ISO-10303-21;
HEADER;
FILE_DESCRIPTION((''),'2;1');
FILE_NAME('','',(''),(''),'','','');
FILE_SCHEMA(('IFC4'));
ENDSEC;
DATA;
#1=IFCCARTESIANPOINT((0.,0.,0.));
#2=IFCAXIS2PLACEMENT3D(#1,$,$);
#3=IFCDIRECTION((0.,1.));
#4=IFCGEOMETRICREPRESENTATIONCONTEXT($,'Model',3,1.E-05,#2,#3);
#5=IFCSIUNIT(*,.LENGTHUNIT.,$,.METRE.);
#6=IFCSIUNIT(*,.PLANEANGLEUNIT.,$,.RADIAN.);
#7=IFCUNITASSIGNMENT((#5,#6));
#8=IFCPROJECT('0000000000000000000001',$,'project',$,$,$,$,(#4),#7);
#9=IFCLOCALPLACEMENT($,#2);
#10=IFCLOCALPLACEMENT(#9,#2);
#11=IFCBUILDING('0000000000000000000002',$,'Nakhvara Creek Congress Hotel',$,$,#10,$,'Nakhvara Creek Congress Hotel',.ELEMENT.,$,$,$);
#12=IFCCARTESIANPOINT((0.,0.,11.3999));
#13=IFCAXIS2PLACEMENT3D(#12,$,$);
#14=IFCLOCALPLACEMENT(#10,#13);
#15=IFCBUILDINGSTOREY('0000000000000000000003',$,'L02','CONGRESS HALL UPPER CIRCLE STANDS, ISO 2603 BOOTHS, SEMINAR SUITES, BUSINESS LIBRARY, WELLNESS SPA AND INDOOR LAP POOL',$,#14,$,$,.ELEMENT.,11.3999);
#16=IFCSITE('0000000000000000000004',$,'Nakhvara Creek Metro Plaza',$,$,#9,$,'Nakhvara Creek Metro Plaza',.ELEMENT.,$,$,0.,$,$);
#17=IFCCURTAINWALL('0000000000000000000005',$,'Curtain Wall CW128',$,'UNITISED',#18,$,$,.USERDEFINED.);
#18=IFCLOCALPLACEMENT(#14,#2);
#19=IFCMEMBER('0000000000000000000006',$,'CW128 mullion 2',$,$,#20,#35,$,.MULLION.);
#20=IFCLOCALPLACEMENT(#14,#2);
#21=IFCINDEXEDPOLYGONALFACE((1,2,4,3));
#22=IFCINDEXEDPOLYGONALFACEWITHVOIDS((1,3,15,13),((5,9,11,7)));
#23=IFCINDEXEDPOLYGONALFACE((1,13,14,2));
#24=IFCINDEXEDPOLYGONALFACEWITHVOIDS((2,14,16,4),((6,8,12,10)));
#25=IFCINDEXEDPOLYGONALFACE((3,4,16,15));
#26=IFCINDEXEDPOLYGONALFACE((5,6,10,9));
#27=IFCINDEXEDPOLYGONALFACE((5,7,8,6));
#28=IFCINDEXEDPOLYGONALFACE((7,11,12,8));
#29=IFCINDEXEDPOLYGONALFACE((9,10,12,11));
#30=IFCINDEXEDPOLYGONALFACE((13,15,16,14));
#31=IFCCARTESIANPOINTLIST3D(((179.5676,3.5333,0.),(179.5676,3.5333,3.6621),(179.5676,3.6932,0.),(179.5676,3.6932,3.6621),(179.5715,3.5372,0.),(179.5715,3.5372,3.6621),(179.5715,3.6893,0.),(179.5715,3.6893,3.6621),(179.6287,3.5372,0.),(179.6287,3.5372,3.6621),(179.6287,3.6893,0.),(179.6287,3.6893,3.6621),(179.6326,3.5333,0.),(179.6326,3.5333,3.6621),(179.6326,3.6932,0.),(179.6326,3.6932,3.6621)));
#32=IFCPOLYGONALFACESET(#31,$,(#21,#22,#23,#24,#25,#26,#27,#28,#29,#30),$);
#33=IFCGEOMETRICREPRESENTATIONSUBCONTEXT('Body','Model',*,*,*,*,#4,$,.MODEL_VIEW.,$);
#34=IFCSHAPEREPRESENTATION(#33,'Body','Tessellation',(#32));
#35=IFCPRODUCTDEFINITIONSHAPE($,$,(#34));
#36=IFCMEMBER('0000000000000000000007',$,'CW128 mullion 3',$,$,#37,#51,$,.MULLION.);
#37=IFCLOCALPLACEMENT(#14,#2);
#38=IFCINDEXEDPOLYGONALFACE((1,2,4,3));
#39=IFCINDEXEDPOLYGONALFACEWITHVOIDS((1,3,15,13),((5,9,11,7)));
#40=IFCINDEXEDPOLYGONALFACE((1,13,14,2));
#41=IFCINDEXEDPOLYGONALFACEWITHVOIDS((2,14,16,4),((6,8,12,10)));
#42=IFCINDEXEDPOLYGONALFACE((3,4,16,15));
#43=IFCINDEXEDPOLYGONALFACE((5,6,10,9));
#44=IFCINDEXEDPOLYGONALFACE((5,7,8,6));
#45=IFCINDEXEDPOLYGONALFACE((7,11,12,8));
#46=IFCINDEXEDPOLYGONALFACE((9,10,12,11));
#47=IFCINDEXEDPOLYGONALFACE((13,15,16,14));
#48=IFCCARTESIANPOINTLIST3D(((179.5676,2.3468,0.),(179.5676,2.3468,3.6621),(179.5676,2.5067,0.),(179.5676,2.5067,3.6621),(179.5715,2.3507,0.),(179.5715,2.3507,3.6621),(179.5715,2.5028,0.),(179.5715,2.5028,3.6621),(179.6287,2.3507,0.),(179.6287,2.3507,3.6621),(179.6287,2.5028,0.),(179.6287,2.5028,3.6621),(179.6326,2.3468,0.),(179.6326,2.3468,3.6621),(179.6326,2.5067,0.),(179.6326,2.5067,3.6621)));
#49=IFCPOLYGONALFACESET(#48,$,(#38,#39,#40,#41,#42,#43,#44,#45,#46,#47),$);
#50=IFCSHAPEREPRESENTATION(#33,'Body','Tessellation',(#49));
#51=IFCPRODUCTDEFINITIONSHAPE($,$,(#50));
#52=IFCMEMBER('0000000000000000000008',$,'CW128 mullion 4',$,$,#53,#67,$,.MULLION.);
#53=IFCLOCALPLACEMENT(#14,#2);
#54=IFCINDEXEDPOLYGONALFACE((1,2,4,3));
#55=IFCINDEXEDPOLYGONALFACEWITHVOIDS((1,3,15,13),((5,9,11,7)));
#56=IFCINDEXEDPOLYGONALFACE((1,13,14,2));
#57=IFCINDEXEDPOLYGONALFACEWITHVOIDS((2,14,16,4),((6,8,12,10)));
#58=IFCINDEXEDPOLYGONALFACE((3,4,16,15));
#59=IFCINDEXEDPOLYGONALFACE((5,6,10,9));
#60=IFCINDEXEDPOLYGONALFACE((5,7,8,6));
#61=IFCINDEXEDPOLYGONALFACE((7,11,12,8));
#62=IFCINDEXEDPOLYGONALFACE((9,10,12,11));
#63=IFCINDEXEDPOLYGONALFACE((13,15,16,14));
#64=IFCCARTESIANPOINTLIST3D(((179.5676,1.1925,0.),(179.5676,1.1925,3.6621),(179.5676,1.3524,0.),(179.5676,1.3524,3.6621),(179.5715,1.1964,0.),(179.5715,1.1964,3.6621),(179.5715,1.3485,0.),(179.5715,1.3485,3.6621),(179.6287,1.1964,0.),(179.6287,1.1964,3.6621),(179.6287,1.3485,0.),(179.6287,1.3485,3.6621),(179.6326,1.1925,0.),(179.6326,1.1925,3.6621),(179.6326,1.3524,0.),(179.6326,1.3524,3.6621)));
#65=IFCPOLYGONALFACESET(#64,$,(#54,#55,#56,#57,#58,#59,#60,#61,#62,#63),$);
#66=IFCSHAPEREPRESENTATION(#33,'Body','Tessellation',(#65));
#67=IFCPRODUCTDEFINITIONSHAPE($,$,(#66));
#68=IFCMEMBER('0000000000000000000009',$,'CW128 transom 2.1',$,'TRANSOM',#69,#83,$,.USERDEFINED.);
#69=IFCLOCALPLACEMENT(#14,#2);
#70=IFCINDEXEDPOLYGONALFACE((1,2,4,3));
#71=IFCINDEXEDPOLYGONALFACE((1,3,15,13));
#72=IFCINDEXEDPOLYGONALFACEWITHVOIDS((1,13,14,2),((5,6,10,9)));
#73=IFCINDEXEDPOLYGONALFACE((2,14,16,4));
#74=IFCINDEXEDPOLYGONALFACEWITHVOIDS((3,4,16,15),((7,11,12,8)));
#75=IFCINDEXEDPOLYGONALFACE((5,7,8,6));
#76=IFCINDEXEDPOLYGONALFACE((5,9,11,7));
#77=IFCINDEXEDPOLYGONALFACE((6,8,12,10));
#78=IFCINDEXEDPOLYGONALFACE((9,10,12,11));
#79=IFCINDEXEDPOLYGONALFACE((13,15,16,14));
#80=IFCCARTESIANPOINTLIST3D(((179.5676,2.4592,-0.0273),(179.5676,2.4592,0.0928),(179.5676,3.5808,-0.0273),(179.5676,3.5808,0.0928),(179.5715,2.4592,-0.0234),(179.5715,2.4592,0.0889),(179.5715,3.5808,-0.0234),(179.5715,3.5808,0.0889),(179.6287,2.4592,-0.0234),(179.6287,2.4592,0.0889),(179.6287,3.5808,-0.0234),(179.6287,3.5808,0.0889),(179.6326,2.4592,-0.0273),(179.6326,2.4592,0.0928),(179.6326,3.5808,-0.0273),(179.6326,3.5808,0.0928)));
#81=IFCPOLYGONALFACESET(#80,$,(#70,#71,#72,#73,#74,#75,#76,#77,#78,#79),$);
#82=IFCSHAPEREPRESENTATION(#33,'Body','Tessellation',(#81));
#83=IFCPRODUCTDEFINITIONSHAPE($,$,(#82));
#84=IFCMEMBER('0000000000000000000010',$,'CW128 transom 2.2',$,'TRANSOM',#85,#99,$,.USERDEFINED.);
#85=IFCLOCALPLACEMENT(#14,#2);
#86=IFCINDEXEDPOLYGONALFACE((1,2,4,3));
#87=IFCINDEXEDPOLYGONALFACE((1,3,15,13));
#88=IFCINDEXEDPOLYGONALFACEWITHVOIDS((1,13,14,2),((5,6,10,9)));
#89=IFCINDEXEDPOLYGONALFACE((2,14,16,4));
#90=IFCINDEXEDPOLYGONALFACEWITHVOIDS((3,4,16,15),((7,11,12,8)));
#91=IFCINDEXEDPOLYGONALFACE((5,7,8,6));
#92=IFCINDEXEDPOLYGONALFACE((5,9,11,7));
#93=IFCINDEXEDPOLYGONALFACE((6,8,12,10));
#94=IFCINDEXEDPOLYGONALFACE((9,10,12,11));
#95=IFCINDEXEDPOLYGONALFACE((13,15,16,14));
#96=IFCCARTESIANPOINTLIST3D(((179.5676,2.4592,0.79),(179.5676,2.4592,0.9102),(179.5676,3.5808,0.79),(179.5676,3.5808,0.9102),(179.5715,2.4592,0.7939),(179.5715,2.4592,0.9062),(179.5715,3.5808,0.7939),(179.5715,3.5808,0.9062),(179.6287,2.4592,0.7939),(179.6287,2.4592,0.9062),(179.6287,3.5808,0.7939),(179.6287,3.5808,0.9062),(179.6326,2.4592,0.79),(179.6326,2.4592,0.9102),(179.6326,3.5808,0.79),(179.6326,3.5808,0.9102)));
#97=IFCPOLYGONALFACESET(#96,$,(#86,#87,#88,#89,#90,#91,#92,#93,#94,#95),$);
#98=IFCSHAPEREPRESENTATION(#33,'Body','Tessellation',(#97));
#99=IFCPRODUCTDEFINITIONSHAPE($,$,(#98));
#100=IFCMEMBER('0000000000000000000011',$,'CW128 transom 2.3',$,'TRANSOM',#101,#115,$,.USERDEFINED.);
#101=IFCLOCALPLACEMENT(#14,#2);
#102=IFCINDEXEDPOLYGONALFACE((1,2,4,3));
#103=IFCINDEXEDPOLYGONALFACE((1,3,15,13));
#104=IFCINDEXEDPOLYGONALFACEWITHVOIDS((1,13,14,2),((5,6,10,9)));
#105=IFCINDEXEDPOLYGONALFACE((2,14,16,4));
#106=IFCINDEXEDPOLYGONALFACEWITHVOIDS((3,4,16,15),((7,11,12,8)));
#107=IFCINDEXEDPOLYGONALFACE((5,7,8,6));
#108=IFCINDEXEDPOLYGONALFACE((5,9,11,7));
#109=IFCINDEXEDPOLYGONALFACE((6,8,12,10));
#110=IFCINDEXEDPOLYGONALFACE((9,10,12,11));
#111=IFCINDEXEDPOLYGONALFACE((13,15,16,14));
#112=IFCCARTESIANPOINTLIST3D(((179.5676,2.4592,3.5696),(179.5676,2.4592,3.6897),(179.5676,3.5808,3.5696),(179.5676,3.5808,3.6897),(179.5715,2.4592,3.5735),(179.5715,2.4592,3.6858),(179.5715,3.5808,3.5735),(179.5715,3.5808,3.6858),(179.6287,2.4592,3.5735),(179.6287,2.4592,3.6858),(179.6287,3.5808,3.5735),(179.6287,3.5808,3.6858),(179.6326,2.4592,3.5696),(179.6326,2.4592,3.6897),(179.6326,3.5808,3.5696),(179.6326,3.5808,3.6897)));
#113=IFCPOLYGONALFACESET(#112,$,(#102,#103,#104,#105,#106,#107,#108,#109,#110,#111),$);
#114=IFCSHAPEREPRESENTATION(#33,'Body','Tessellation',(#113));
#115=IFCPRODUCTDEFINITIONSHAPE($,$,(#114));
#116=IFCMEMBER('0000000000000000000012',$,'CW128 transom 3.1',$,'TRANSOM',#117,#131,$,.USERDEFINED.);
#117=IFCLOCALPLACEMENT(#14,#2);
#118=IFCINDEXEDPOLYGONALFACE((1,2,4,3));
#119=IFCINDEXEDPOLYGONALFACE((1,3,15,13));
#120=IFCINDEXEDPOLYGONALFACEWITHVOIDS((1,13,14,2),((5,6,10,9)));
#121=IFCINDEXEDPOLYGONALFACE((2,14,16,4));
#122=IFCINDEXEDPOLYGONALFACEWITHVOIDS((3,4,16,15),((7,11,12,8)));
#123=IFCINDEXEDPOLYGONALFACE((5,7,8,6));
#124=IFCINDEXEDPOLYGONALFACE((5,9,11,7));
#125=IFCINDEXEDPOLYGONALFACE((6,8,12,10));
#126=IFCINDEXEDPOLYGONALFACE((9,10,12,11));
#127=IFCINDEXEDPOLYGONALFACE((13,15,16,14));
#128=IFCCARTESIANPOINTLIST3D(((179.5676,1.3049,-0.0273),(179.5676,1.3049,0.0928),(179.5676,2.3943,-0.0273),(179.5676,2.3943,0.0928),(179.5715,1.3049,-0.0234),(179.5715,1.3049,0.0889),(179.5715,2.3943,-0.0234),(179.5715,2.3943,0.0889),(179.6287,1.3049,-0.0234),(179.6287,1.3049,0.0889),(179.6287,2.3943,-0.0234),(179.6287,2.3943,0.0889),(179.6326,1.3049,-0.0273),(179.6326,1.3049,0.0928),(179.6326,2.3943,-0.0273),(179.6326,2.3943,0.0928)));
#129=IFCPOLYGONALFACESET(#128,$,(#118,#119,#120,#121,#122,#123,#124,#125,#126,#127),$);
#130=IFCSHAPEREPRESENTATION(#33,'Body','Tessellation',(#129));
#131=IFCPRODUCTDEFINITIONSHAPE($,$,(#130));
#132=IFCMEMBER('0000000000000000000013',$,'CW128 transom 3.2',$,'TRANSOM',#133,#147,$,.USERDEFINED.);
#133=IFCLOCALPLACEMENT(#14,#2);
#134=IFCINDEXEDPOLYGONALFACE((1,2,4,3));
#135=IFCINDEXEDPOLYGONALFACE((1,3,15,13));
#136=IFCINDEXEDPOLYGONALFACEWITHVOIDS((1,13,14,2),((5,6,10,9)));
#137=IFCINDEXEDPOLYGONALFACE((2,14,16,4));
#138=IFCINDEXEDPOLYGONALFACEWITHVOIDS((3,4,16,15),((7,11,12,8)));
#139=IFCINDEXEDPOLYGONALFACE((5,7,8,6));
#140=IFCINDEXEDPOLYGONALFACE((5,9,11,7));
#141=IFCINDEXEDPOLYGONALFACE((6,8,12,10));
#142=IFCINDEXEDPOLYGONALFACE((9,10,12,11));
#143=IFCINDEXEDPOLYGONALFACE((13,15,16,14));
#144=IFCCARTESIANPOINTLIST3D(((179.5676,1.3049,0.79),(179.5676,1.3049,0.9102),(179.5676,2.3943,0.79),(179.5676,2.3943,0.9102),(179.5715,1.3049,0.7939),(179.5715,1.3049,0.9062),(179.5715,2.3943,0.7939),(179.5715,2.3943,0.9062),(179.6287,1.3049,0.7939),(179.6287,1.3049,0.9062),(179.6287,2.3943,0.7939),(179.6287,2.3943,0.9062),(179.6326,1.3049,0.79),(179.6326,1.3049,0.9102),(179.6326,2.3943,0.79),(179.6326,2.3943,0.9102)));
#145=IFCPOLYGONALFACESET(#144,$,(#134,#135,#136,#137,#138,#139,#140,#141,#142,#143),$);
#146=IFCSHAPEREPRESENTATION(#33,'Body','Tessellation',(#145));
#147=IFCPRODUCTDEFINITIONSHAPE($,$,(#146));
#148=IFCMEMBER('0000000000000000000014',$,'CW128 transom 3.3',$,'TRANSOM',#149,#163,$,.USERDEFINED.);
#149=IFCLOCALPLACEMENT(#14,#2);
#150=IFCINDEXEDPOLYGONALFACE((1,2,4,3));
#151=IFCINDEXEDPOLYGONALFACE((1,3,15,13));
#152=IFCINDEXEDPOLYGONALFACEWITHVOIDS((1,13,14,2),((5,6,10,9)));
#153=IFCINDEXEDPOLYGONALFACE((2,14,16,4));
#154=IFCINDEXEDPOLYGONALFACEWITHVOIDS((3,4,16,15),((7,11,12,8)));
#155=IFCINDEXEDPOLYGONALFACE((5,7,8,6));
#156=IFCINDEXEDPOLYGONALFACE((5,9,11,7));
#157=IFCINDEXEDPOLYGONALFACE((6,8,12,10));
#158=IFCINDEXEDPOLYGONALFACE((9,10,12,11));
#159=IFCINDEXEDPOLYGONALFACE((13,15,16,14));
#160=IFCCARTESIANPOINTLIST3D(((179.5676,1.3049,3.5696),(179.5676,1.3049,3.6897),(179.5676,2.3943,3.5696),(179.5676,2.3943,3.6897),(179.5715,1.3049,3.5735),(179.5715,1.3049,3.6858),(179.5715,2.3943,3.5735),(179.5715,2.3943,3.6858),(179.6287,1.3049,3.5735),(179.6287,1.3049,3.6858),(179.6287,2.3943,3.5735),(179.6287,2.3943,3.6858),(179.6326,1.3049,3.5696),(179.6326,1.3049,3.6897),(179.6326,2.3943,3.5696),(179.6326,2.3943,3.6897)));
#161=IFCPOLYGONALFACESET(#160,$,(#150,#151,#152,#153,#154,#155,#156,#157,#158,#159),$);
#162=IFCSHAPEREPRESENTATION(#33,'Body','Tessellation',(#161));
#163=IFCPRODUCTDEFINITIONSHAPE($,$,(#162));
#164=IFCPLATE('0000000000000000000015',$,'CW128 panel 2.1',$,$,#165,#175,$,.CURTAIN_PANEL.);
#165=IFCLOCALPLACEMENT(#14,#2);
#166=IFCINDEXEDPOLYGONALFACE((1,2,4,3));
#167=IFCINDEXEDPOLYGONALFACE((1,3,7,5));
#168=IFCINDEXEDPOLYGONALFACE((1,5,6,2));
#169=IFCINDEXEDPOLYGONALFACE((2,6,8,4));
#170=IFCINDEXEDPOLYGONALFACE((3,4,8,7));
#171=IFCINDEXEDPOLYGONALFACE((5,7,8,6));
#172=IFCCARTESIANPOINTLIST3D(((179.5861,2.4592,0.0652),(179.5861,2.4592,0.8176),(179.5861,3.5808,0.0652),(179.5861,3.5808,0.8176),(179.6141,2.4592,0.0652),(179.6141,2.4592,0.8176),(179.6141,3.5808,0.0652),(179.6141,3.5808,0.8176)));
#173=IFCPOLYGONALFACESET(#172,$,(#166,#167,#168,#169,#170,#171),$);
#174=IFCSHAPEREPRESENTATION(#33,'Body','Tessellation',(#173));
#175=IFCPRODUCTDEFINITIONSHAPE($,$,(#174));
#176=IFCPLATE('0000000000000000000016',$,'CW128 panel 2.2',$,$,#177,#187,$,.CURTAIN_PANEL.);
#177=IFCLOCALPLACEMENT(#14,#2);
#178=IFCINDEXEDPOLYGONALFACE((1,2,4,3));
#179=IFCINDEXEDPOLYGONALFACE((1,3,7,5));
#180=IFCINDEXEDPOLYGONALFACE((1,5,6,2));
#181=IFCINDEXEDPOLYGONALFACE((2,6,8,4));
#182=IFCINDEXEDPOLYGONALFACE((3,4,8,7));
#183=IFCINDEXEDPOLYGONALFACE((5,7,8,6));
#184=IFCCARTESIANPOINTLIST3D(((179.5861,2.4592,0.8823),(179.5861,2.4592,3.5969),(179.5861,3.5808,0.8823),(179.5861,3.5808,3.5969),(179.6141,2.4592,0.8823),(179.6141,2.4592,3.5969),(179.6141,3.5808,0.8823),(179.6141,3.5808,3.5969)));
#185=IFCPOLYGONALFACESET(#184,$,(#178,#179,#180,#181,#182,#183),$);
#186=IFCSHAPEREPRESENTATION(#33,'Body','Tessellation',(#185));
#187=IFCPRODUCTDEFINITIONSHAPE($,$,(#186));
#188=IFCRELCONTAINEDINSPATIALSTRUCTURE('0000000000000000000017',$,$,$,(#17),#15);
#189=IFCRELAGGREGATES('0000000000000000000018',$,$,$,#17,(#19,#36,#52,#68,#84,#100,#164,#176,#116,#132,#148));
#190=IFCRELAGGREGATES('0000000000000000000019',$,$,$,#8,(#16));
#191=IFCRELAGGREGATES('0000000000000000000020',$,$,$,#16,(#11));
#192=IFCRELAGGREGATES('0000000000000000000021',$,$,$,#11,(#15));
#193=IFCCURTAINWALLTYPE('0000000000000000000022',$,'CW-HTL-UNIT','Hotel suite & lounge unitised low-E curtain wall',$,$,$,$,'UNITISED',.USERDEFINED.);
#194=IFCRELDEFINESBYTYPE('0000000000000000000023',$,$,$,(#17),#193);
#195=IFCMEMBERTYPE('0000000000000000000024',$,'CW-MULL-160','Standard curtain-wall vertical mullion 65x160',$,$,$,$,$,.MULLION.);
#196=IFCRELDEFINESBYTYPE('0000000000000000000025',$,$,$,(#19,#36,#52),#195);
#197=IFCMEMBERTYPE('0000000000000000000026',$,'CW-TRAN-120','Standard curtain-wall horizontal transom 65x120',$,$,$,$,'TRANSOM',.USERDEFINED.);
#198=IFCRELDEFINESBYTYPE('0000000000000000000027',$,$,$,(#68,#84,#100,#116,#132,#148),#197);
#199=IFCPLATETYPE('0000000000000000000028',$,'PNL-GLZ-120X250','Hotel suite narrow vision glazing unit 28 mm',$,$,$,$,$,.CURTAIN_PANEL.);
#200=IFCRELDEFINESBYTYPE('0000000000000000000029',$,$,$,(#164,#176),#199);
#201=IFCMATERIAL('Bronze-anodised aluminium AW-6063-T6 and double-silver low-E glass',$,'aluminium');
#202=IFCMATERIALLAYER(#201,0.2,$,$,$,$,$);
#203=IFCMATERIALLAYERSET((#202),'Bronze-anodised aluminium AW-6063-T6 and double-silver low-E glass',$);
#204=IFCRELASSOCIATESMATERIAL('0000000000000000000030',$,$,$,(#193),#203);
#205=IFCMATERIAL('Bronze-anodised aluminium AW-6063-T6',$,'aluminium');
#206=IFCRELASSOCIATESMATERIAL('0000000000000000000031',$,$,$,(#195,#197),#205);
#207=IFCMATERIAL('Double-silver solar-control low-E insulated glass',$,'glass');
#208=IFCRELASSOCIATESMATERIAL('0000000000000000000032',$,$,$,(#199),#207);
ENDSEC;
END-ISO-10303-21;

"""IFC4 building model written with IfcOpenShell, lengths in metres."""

from ifc_helpers import new_model, si_unit, direction, frame, origin, origin_2d, place, context, subcontext, project, spatial, rectangle, hollow_rectangle, extrude, material, layer, layer_set, material_profile, profile_set, type_object, element, aggregate, save


model = new_model("IFC4")

# Units and contexts
model_context = context("Model", 3, precision=1e-05, world=origin(), true_north=direction((0.0, 1.0)))
body_context = subcontext(model_context, "Body", "Model", "MODEL_VIEW")
ifc_project = project(units=[si_unit("LENGTHUNIT", "METRE"), si_unit("PLANEANGLEUNIT", "RADIAN")], contexts=[model_context])

# Site, building, storey
site_placement = place(None, origin())
site = spatial("IfcSite", under=ifc_project, at=site_placement, Name="Nakhvara Creek Metro Plaza", LongName="Nakhvara Creek Metro Plaza", CompositionType="ELEMENT", RefElevation=0.0)
building_placement = place(site_placement, origin())
building = spatial("IfcBuilding", under=site, at=building_placement, Name="Nakhvara Creek Congress Hotel", LongName="Nakhvara Creek Congress Hotel", CompositionType="ELEMENT")
storey_placement = place(building_placement, frame((0.0, 0.0, 11.3999)))
storey = spatial("IfcBuildingStorey", under=building, at=storey_placement, Name="L02", Description="CONGRESS HALL UPPER CIRCLE STANDS, ISO 2603 BOOTHS, SEMINAR SUITES, BUSINESS LIBRARY, WELLNESS SPA AND INDOOR LAP POOL", CompositionType="ELEMENT", Elevation=11.3999)

# Curtain wall, members, plates
ifc_material_1 = material(Name="Bronze-anodised aluminium AW-6063-T6 and double-silver low-E glass", Category="aluminium")
ifc_layer_1 = layer(ifc_material_1, 0.2)
ifc_layer_set_1 = layer_set([ifc_layer_1], Name="Bronze-anodised aluminium AW-6063-T6 and double-silver low-E glass")
curtain_wall_type = type_object("IfcCurtainWallType", Name="CW-HTL-UNIT", Description="Hotel suite & lounge unitised low-E curtain wall", ElementType="UNITISED", PredefinedType="USERDEFINED", material=ifc_layer_set_1)
curtain_wall_placement = place(storey_placement, origin())
curtain_wall = element("IfcCurtainWall", 1, at=curtain_wall_placement, inside=storey, type_object=curtain_wall_type, Name="Curtain Wall CW128", ObjectType="UNITISED", PredefinedType="USERDEFINED")
ifc_material_2 = material(Name="Bronze-anodised aluminium AW-6063-T6", Category="aluminium")
ifc_material_profile_1 = material_profile(ifc_material_2, hollow_rectangle(XDim=0.0649, YDim=0.1599, WallThickness=0.0039, at=origin_2d()), Name="ALU-MULL 65x160x4", Category="LoadBearing")
ifc_profile_set_1 = profile_set([ifc_material_profile_1], Name="Bronze-anodised aluminium AW-6063-T6")
member_type_1 = type_object("IfcMemberType", Name="CW-MULL-160", Description="Standard curtain-wall vertical mullion 65x160", PredefinedType="MULLION", material=ifc_profile_set_1)
member_1_placement = place(storey_placement, frame((179.6001, 3.6133, 0.0), z_axis=(0.0, 0.0, 1.0), x_axis=(1.0, 0.0, 0.0)))
member_1 = element("IfcMember", 2, at=member_1_placement, type_object=member_type_1, Name="CW128 mullion 2", PredefinedType="MULLION", context=body_context, shape_type="SweptSolid", body=[
    extrude(hollow_rectangle(XDim=0.0649, YDim=0.1599, WallThickness=0.0039, at=origin_2d()), origin(), (0.0, 0.0, 1.0), 3.6621),
])
member_2_placement = place(storey_placement, frame((179.6001, 2.4268, 0.0), z_axis=(0.0, 0.0, 1.0), x_axis=(1.0, 0.0, 0.0)))
member_2 = element("IfcMember", 3, at=member_2_placement, type_object=member_type_1, Name="CW128 mullion 3", PredefinedType="MULLION", context=body_context, shape_type="SweptSolid", body=[
    extrude(hollow_rectangle(XDim=0.0649, YDim=0.1599, WallThickness=0.0039, at=origin_2d()), origin(), (0.0, 0.0, 1.0), 3.6621),
])
member_3_placement = place(storey_placement, frame((179.6001, 1.2725, 0.0), z_axis=(0.0, 0.0, 1.0), x_axis=(1.0, 0.0, 0.0)))
member_3 = element("IfcMember", 4, at=member_3_placement, type_object=member_type_1, Name="CW128 mullion 4", PredefinedType="MULLION", context=body_context, shape_type="SweptSolid", body=[
    extrude(hollow_rectangle(XDim=0.0649, YDim=0.1599, WallThickness=0.0039, at=origin_2d()), origin(), (0.0, 0.0, 1.0), 3.6621),
])
ifc_material_profile_2 = material_profile(ifc_material_2, hollow_rectangle(XDim=0.0649, YDim=0.1201, WallThickness=0.0039, at=origin_2d()), Name="ALU-TRAN 65x120x4", Category="LoadBearing")
ifc_profile_set_2 = profile_set([ifc_material_profile_2], Name="Bronze-anodised aluminium AW-6063-T6")
member_type_2 = type_object("IfcMemberType", Name="CW-TRAN-120", Description="Standard curtain-wall horizontal transom 65x120", ElementType="TRANSOM", PredefinedType="USERDEFINED", material=ifc_profile_set_2)
member_4_placement = place(storey_placement, frame((179.6001, 3.5808, 0.0327), z_axis=(0.0, -1.0, 0.0), x_axis=(1.0, 0.0, 0.0)))
member_4 = element("IfcMember", 5, at=member_4_placement, type_object=member_type_2, Name="CW128 transom 2.1", ObjectType="TRANSOM", PredefinedType="USERDEFINED", context=body_context, shape_type="SweptSolid", body=[
    extrude(hollow_rectangle(XDim=0.0649, YDim=0.1201, WallThickness=0.0039, at=origin_2d()), origin(), (0.0, 0.0, 1.0), 1.1216),
])
member_5_placement = place(storey_placement, frame((179.6001, 3.5808, 0.8501), z_axis=(0.0, -1.0, 0.0), x_axis=(1.0, 0.0, 0.0)))
member_5 = element("IfcMember", 6, at=member_5_placement, type_object=member_type_2, Name="CW128 transom 2.2", ObjectType="TRANSOM", PredefinedType="USERDEFINED", context=body_context, shape_type="SweptSolid", body=[
    extrude(hollow_rectangle(XDim=0.0649, YDim=0.1201, WallThickness=0.0039, at=origin_2d()), origin(), (0.0, 0.0, 1.0), 1.1216),
])
member_6_placement = place(storey_placement, frame((179.6001, 3.5808, 3.6296), z_axis=(0.0, -1.0, 0.0), x_axis=(1.0, 0.0, 0.0)))
member_6 = element("IfcMember", 7, at=member_6_placement, type_object=member_type_2, Name="CW128 transom 2.3", ObjectType="TRANSOM", PredefinedType="USERDEFINED", context=body_context, shape_type="SweptSolid", body=[
    extrude(hollow_rectangle(XDim=0.0649, YDim=0.1201, WallThickness=0.0039, at=origin_2d()), origin(), (0.0, 0.0, 1.0), 1.1216),
])
member_7_placement = place(storey_placement, frame((179.6001, 2.3943, 0.0327), z_axis=(0.0, -1.0, 0.0), x_axis=(1.0, 0.0, 0.0)))
member_7 = element("IfcMember", 8, at=member_7_placement, type_object=member_type_2, Name="CW128 transom 3.1", ObjectType="TRANSOM", PredefinedType="USERDEFINED", context=body_context, shape_type="SweptSolid", body=[
    extrude(hollow_rectangle(XDim=0.0649, YDim=0.1201, WallThickness=0.0039, at=origin_2d()), origin(), (0.0, 0.0, 1.0), 1.0894),
])
member_8_placement = place(storey_placement, frame((179.6001, 2.3943, 0.8501), z_axis=(0.0, -1.0, 0.0), x_axis=(1.0, 0.0, 0.0)))
member_8 = element("IfcMember", 9, at=member_8_placement, type_object=member_type_2, Name="CW128 transom 3.2", ObjectType="TRANSOM", PredefinedType="USERDEFINED", context=body_context, shape_type="SweptSolid", body=[
    extrude(hollow_rectangle(XDim=0.0649, YDim=0.1201, WallThickness=0.0039, at=origin_2d()), origin(), (0.0, 0.0, 1.0), 1.0894),
])
member_9_placement = place(storey_placement, frame((179.6001, 2.3943, 3.6296), z_axis=(0.0, -1.0, 0.0), x_axis=(1.0, 0.0, 0.0)))
member_9 = element("IfcMember", 10, at=member_9_placement, type_object=member_type_2, Name="CW128 transom 3.3", ObjectType="TRANSOM", PredefinedType="USERDEFINED", context=body_context, shape_type="SweptSolid", body=[
    extrude(hollow_rectangle(XDim=0.0649, YDim=0.1201, WallThickness=0.0039, at=origin_2d()), origin(), (0.0, 0.0, 1.0), 1.0894),
])
ifc_material_3 = material(Name="Double-silver solar-control low-E insulated glass", Category="glass")
plate_type = type_object("IfcPlateType", Name="PNL-GLZ-120X250", Description="Hotel suite narrow vision glazing unit 28 mm", PredefinedType="CURTAIN_PANEL", material=ifc_material_3)
plate_1_placement = place(storey_placement, frame((179.6001, 3.02, 0.0652), z_axis=(0.0, 0.0, 1.0), x_axis=(0.0, -1.0, 0.0)))
plate_1 = element("IfcPlate", 11, at=plate_1_placement, type_object=plate_type, Name="CW128 panel 2.1", PredefinedType="CURTAIN_PANEL", context=body_context, shape_type="SweptSolid", body=[
    extrude(rectangle(XDim=1.1216, YDim=0.0281, at=origin_2d()), origin(), (0.0, 0.0, 1.0), 0.7524),
])
plate_2_placement = place(storey_placement, frame((179.6001, 3.02, 0.8823), z_axis=(0.0, 0.0, 1.0), x_axis=(0.0, -1.0, 0.0)))
plate_2 = element("IfcPlate", 12, at=plate_2_placement, type_object=plate_type, Name="CW128 panel 2.2", PredefinedType="CURTAIN_PANEL", context=body_context, shape_type="SweptSolid", body=[
    extrude(rectangle(XDim=1.1216, YDim=0.0281, at=origin_2d()), origin(), (0.0, 0.0, 1.0), 2.7146),
])
aggregate(curtain_wall, [member_1, member_2, member_3, member_4, member_5, member_6, plate_1, plate_2, member_7, member_8, member_9])

save(model, "model.ifc")
